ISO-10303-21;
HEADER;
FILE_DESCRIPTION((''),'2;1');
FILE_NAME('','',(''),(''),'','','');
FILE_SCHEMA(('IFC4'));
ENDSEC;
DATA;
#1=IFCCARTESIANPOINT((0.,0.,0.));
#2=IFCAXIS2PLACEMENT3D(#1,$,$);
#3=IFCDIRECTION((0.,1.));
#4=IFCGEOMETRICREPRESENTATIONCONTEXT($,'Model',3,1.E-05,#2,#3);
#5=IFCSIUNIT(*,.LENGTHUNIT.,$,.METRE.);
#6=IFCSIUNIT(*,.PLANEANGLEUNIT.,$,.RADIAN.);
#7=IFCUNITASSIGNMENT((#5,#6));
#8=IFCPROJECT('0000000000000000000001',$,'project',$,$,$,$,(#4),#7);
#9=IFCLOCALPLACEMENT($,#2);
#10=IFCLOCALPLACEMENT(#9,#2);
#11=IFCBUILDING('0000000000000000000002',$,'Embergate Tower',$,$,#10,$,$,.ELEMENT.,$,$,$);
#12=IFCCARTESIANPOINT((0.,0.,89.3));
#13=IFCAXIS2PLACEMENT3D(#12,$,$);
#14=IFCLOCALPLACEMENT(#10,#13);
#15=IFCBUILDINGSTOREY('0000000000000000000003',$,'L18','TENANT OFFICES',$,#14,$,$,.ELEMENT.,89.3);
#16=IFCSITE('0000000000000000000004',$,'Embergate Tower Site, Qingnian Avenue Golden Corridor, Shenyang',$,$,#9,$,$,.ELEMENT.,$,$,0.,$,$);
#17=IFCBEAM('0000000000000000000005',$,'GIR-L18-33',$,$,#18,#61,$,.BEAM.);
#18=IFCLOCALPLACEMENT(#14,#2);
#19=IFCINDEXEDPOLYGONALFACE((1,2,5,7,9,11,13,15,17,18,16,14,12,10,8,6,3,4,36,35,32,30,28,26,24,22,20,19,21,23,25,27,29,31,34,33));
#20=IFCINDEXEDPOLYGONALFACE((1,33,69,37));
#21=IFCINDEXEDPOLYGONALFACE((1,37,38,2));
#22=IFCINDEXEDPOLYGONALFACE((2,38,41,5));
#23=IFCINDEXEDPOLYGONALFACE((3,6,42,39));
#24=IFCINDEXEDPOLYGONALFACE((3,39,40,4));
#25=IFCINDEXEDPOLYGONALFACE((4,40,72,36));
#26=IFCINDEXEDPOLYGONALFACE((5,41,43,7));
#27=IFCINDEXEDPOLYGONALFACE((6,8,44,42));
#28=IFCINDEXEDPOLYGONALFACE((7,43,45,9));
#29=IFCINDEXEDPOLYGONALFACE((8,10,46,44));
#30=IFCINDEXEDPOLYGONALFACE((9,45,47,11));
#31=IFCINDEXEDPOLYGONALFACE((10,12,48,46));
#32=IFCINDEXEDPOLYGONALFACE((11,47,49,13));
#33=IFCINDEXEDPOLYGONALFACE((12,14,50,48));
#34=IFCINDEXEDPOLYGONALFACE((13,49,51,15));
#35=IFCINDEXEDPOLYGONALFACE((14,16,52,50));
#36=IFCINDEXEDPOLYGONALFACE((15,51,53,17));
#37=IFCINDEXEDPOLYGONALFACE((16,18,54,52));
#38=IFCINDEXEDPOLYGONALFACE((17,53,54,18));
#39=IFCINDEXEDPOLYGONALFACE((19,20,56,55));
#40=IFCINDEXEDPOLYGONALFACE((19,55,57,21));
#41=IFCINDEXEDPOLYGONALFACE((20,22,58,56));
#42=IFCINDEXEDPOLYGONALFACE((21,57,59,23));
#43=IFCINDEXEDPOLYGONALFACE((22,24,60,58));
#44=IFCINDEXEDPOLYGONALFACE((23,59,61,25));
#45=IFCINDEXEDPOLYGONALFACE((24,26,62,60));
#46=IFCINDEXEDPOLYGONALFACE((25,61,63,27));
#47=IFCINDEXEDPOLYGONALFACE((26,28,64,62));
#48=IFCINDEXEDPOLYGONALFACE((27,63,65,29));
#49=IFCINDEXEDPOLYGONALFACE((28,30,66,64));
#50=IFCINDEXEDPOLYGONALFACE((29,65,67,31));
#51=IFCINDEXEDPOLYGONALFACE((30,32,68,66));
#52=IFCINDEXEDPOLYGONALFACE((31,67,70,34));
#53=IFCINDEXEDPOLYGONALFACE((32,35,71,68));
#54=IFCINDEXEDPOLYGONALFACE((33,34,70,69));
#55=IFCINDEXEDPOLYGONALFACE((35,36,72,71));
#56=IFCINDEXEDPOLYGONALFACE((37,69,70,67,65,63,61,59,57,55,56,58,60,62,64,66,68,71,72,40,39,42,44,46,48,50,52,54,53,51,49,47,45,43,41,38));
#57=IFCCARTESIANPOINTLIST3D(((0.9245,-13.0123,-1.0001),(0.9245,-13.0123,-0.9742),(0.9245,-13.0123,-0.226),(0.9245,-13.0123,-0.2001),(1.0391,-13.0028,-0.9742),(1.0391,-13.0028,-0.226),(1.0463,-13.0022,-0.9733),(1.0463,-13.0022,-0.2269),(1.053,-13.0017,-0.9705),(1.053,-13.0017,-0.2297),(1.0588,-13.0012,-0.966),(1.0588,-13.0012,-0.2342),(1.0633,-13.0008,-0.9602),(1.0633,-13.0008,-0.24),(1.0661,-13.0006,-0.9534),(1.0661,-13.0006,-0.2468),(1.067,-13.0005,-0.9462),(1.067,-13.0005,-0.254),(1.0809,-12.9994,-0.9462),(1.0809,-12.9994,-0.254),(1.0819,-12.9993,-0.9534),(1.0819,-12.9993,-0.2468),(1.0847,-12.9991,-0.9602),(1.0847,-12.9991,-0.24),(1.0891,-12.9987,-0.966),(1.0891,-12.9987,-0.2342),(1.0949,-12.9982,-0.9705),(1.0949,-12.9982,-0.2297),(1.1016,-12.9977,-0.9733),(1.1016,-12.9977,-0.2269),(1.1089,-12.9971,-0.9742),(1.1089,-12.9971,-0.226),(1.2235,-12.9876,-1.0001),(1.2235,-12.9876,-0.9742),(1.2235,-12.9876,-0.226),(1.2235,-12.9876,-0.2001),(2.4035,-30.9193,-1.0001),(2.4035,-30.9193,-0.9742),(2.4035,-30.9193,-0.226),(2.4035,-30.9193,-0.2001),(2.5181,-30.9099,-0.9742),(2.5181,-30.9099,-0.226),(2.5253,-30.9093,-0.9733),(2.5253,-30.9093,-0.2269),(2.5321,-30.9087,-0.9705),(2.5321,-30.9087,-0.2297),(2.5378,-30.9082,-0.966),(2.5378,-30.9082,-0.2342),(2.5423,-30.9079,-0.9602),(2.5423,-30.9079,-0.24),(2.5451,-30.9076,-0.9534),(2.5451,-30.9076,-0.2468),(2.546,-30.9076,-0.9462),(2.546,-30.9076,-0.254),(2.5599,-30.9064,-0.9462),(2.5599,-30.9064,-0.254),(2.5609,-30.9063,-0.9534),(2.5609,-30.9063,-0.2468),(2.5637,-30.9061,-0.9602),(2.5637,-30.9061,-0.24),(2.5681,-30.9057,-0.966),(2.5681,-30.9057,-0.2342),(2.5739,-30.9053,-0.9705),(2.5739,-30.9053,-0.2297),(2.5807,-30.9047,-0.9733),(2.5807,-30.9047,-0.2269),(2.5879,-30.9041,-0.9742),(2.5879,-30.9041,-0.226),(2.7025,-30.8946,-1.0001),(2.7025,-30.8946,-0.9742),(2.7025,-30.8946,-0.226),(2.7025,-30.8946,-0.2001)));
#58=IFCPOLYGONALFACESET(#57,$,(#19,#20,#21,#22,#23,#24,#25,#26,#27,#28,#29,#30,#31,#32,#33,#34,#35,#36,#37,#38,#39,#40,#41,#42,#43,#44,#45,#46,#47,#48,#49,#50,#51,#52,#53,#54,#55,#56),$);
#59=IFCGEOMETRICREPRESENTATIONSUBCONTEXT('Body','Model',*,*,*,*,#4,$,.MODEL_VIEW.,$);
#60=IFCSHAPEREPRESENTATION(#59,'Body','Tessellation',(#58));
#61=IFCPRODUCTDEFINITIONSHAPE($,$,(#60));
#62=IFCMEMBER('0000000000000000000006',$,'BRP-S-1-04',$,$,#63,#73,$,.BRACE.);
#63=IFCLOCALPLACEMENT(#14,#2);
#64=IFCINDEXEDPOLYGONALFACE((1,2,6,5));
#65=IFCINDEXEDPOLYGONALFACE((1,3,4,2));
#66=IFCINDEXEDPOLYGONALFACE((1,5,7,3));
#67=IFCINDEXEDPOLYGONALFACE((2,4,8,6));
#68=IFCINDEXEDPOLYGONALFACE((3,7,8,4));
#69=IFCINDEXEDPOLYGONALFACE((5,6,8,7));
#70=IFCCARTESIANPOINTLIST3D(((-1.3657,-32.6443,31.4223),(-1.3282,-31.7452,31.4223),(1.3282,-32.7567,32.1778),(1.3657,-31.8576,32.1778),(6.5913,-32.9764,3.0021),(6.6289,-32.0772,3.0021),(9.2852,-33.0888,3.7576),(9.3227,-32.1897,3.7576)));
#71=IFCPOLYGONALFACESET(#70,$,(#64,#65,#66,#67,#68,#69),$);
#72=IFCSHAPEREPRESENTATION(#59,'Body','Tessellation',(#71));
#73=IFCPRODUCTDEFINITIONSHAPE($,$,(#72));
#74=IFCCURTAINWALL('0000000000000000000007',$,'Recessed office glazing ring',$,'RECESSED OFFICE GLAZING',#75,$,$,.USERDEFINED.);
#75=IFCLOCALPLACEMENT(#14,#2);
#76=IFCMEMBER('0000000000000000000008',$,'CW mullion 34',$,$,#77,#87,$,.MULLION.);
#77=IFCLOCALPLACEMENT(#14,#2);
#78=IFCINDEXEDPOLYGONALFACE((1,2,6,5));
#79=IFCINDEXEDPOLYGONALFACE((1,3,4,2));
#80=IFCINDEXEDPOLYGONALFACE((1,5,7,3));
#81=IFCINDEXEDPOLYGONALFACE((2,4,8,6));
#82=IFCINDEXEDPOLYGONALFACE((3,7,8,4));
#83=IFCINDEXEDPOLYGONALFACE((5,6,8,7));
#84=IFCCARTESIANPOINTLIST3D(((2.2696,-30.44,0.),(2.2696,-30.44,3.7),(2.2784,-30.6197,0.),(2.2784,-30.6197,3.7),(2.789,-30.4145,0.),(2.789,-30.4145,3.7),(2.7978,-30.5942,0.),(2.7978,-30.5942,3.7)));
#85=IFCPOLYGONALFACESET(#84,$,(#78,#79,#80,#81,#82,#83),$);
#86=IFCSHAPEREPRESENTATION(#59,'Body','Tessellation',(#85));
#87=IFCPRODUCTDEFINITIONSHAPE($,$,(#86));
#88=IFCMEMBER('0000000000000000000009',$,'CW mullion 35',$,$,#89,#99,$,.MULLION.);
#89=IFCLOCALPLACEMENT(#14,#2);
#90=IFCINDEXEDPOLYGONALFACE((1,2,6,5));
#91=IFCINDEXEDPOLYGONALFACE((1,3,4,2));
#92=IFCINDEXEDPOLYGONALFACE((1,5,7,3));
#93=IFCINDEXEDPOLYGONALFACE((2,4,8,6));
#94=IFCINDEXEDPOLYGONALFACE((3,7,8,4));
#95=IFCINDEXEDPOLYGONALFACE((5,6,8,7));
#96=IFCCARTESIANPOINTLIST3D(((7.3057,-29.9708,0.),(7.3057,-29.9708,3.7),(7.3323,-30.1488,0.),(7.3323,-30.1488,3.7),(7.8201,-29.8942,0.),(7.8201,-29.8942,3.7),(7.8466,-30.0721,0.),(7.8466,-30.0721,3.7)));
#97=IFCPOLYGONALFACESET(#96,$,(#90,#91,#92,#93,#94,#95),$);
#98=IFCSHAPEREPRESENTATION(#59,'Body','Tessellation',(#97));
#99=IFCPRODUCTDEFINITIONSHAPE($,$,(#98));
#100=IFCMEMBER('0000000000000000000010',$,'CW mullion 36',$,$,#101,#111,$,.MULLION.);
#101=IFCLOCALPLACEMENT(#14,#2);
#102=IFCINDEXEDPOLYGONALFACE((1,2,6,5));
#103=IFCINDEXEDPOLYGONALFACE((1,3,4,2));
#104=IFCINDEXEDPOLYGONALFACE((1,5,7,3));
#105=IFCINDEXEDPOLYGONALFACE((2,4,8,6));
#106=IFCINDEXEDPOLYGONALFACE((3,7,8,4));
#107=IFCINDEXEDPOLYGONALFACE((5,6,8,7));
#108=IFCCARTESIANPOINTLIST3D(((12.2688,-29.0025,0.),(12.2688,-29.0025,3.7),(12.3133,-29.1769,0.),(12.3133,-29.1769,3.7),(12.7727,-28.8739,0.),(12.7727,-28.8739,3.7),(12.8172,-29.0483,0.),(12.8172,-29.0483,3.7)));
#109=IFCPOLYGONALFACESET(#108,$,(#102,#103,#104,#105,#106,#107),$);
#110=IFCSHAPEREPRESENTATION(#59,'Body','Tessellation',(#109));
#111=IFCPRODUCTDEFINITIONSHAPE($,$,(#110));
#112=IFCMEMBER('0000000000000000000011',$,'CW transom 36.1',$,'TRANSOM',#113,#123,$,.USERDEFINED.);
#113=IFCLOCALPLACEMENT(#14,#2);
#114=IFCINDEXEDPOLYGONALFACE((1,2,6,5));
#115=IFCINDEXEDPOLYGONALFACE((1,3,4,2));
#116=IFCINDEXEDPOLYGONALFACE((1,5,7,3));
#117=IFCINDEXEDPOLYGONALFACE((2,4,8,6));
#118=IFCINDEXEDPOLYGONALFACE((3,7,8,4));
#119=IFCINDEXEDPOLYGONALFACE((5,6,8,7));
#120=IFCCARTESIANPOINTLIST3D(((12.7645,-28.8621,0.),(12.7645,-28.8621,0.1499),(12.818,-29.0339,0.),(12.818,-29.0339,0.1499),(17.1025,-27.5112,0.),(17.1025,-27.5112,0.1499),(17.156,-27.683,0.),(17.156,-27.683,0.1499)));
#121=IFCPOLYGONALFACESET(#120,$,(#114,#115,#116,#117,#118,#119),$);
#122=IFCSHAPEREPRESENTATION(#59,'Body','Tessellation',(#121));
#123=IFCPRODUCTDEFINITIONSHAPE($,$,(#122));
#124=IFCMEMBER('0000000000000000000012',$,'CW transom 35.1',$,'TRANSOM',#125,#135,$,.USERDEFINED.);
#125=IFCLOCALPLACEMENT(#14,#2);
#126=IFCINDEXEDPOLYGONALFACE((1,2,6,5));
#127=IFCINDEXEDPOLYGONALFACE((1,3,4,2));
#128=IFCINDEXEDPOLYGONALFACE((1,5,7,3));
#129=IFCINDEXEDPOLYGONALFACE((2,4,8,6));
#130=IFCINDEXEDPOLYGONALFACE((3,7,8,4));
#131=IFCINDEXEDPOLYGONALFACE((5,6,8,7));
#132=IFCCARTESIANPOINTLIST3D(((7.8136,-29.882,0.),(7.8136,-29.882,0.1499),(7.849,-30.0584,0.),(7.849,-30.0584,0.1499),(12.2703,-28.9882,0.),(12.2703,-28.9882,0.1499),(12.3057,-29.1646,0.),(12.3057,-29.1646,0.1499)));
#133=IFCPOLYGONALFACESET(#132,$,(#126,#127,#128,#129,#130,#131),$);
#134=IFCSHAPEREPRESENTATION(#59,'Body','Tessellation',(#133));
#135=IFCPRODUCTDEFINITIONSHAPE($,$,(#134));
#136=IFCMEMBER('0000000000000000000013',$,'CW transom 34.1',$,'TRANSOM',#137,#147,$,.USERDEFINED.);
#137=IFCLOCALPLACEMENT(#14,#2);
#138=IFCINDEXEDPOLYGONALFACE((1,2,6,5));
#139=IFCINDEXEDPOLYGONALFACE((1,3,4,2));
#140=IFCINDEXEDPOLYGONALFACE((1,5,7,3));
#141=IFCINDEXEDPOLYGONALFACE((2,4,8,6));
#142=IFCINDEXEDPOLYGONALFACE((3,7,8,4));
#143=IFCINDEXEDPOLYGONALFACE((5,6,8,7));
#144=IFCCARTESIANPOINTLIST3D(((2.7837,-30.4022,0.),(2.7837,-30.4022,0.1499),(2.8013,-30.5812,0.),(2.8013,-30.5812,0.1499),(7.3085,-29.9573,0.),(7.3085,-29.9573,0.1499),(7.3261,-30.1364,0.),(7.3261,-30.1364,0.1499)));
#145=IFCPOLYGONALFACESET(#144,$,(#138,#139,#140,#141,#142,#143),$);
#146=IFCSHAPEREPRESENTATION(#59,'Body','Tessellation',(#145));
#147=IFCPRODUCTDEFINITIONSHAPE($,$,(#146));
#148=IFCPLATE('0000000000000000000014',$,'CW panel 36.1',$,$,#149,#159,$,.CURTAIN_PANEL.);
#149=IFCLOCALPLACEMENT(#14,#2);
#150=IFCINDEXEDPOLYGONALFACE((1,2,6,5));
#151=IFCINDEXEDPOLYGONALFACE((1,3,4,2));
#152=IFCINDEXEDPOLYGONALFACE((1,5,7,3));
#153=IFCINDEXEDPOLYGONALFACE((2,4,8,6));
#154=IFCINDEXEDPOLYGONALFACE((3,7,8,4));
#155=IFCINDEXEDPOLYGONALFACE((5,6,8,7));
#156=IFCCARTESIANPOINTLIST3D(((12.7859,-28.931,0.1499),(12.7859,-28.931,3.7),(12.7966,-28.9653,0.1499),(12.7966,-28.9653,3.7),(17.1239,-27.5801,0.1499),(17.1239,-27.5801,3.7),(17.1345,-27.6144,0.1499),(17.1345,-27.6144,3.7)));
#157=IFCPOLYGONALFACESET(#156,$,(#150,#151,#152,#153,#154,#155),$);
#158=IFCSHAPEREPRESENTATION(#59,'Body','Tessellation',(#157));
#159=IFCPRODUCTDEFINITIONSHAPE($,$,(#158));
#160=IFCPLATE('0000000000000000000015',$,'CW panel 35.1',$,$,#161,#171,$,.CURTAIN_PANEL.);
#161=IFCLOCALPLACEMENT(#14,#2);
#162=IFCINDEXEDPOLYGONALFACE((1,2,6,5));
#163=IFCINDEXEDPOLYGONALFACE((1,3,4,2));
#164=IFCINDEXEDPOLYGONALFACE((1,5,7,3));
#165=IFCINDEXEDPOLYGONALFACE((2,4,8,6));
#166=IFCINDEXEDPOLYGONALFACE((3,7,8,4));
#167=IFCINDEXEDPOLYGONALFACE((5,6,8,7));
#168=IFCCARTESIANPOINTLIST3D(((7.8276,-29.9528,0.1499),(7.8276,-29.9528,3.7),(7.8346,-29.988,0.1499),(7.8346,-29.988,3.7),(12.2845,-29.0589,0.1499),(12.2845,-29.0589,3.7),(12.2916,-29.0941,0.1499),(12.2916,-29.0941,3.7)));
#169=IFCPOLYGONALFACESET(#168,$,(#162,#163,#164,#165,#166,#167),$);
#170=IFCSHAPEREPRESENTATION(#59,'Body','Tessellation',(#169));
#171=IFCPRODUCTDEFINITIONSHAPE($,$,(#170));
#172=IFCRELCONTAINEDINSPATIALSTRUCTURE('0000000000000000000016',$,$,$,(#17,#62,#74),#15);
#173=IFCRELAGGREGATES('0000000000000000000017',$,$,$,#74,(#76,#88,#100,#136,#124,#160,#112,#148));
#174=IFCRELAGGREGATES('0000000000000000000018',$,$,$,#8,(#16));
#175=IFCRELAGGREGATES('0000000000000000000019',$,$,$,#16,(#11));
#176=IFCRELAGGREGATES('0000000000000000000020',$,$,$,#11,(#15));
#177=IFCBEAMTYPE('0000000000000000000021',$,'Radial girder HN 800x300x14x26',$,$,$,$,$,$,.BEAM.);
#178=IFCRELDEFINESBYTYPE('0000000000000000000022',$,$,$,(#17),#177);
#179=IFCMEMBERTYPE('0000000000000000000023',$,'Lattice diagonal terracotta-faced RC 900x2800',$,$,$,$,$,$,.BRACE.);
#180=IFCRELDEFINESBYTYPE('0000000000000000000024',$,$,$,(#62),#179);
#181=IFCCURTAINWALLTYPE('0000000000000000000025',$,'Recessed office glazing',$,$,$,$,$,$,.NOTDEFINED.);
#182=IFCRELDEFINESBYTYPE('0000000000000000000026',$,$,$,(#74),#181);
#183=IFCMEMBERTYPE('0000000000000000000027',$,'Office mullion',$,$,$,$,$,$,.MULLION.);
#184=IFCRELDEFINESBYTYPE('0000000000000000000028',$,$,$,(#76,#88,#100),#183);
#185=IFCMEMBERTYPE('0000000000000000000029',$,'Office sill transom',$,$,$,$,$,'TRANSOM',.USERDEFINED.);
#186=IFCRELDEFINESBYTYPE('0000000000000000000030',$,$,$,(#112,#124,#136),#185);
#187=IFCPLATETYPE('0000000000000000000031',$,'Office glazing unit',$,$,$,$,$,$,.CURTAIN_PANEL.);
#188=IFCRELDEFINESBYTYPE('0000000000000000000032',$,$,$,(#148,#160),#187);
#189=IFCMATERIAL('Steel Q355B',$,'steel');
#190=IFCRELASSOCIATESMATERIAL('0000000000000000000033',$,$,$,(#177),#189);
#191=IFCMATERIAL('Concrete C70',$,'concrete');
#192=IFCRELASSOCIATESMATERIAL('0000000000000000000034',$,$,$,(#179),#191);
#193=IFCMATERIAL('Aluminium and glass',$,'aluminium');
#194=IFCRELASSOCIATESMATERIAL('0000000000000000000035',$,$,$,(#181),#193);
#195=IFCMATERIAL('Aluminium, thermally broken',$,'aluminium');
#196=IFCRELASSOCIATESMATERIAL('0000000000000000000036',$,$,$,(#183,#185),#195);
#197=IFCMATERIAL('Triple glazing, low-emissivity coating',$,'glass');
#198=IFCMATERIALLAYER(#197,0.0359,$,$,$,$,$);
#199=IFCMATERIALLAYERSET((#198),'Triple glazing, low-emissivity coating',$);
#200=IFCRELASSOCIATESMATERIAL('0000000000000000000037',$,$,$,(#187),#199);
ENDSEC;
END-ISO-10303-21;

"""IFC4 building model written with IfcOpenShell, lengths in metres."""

from ifc_helpers import new_model, si_unit, direction, frame, origin, origin_2d, place, context, subcontext, project, spatial, rectangle, i_section, extrude, source, transform, mapped, material, layer, layer_set, material_profile, profile_set, type_object, element, aggregate, save


model = new_model("IFC4")

# Units and contexts
model_context = context("Model", 3, precision=1e-05, world=origin(), true_north=direction((0.0, 1.0)))
body_context = subcontext(model_context, "Body", "Model", "MODEL_VIEW")
ifc_project = project(units=[si_unit("LENGTHUNIT", "METRE"), si_unit("PLANEANGLEUNIT", "RADIAN")], contexts=[model_context])

# Site, building, storey
site_placement = place(None, origin())
site = spatial("IfcSite", under=ifc_project, at=site_placement, Name="Embergate Tower Site, Qingnian Avenue Golden Corridor, Shenyang", CompositionType="ELEMENT", RefElevation=0.0)
building_placement = place(site_placement, origin())
building = spatial("IfcBuilding", under=site, at=building_placement, Name="Embergate Tower", CompositionType="ELEMENT")
storey_placement = place(building_placement, frame((0.0, 0.0, 89.3)))
storey = spatial("IfcBuildingStorey", under=building, at=storey_placement, Name="L18", Description="TENANT OFFICES", CompositionType="ELEMENT", Elevation=89.3)

# Shared definitions
ifc_material_1 = material(Name="Concrete C70", Category="concrete")

# Beam
ifc_material_2 = material(Name="Steel Q355B", Category="steel")
ifc_material_profile_1 = material_profile(ifc_material_2, i_section(OverallWidth=0.3, OverallDepth=0.8, WebThickness=0.0139, FlangeThickness=0.0259, FilletRadius=0.0281, at=origin_2d()), Name="HN 800x300x14x26")
ifc_profile_set_1 = profile_set([ifc_material_profile_1], Name="Steel Q355 grade B")
beam_type_1 = type_object("IfcBeamType", Name="Radial girder HN 800x300x14x26", PredefinedType="BEAM", material=ifc_profile_set_1)
shared_shape_1 = source(origin(), body_context, "Body", "SweptSolid", [
    extrude(i_section(OverallWidth=0.3, OverallDepth=0.8, WebThickness=0.0139, FlangeThickness=0.0259, FilletRadius=0.0281, at=origin_2d()), origin(), (0.0, 0.0, 1.0), 17.968),
])
beam_1_placement = place(storey_placement, frame((2.553, -30.907, -0.6001), z_axis=(-0.082313, 0.996606, 0.0), x_axis=(-0.996606, -0.082313, 0.0)))
element("IfcBeam", 1, at=beam_1_placement, inside=storey, type_object=beam_type_1, Name="GIR-L18-33", PredefinedType="BEAM", context=body_context, shape_type="MappedRepresentation", body=[
    mapped(shared_shape_1, transform((0.0, 0.0, 0.0))),
])

# Member
ifc_material_profile_2 = material_profile(ifc_material_1, rectangle(XDim=0.8999, YDim=2.8, at=origin_2d()), Name="RC 900x2800")
ifc_profile_set_2 = profile_set([ifc_material_profile_2], Name="Concrete C70")
member_type_1 = type_object("IfcMemberType", Name="Lattice diagonal terracotta-faced RC 900x2800", PredefinedType="BRACE", material=ifc_profile_set_2)
shared_shape_2 = source(origin(), body_context, "Body", "SweptSolid", [
    extrude(rectangle(XDim=0.8999, YDim=2.8, at=origin_2d()), origin(), (0.0, 0.0, 1.0), 29.5149),
])
member_1_placement = place(storey_placement, frame((7.957, -32.583, 3.3799), z_axis=(-0.269594, 0.01125, 0.962908), x_axis=(-0.041692, -0.999131, 0.0)))
element("IfcMember", 2, at=member_1_placement, inside=storey, type_object=member_type_1, Name="BRP-S-1-04", PredefinedType="BRACE", context=body_context, shape_type="MappedRepresentation", body=[
    mapped(shared_shape_2, transform((0.0, 0.0, 0.0))),
])

# Curtain wall, members, plates
ifc_material_3 = material(Name="Aluminium and glass", Category="aluminium")
curtain_wall_type = type_object("IfcCurtainWallType", Name="Recessed office glazing", PredefinedType="NOTDEFINED", material=ifc_material_3)
curtain_wall_placement = place(storey_placement, origin())
curtain_wall = element("IfcCurtainWall", 3, at=curtain_wall_placement, inside=storey, type_object=curtain_wall_type, Name="Recessed office glazing ring", ObjectType="RECESSED OFFICE GLAZING", PredefinedType="USERDEFINED")
ifc_material_4 = material(Name="Aluminium, thermally broken", Category="aluminium")
ifc_material_profile_3 = material_profile(ifc_material_4, rectangle(XDim=0.1799, YDim=0.52, at=origin_2d()), Name="AL 520x180")
ifc_profile_set_3 = profile_set([ifc_material_profile_3], Name="Aluminium, thermally broken")
member_type_2 = type_object("IfcMemberType", Name="Office mullion", PredefinedType="MULLION", material=ifc_profile_set_3)
shared_shape_3 = source(origin(), body_context, "Body", "SweptSolid", [
    extrude(rectangle(XDim=0.1799, YDim=0.52, at=origin_2d()), origin(), (0.0, 0.0, 1.0), 3.7),
])
member_2_placement = place(storey_placement, frame((2.5337, -30.5171, 0.0), z_axis=(0.0, 0.0, 1.0), x_axis=(-0.048972, 0.9988, 0.0)))
member_2 = element("IfcMember", 4, at=member_2_placement, type_object=member_type_2, Name="CW mullion 34", PredefinedType="MULLION", context=body_context, shape_type="MappedRepresentation", body=[
    mapped(shared_shape_3, transform((0.0, 0.0, 0.0))),
])
member_3_placement = place(storey_placement, frame((7.5762, -30.0215, 0.0), z_axis=(0.0, 0.0, 1.0), x_axis=(-0.147412, 0.989075, 0.0)))
member_3 = element("IfcMember", 5, at=member_3_placement, type_object=member_type_2, Name="CW mullion 35", PredefinedType="MULLION", context=body_context, shape_type="MappedRepresentation", body=[
    mapped(shared_shape_3, transform((0.0, 0.0, 0.0))),
])
member_4_placement = place(storey_placement, frame((12.543, -29.0254, 0.0), z_axis=(0.0, 0.0, 1.0), x_axis=(-0.247312, 0.968936, 0.0)))
member_4 = element("IfcMember", 6, at=member_4_placement, type_object=member_type_2, Name="CW mullion 36", PredefinedType="MULLION", context=body_context, shape_type="MappedRepresentation", body=[
    mapped(shared_shape_3, transform((0.0, 0.0, 0.0))),
])
ifc_material_profile_4 = material_profile(ifc_material_4, rectangle(XDim=0.1799, YDim=0.1499, at=origin_2d()), Name="AL 150x180")
ifc_profile_set_4 = profile_set([ifc_material_profile_4], Name="Aluminium, thermally broken")
member_type_3 = type_object("IfcMemberType", Name="Office sill transom", ElementType="TRANSOM", PredefinedType="USERDEFINED", material=ifc_profile_set_4)
shared_shape_4 = source(origin(), body_context, "Body", "SweptSolid", [
    extrude(rectangle(XDim=0.1799, YDim=0.1499, at=origin_2d()), origin(), (0.0, 0.0, 1.0), 4.5435),
])
member_5_placement = place(storey_placement, frame((12.7913, -28.948, 0.075), z_axis=(0.954778, 0.29732, 0.0), x_axis=(-0.29732, 0.954778, 0.0)))
member_5 = element("IfcMember", 7, at=member_5_placement, type_object=member_type_3, Name="CW transom 36.1", ObjectType="TRANSOM", PredefinedType="USERDEFINED", context=body_context, shape_type="MappedRepresentation", body=[
    mapped(shared_shape_4, transform((0.0, 0.0, 0.0))),
])
shared_shape_5 = source(origin(), body_context, "Body", "SweptSolid", [
    extrude(rectangle(XDim=0.1799, YDim=0.1499, at=origin_2d()), origin(), (0.0, 0.0, 1.0), 4.5454),
])
member_6_placement = place(storey_placement, frame((7.8313, -29.9702, 0.075), z_axis=(0.980477, 0.196633, 0.0), x_axis=(-0.196633, 0.980477, 0.0)))
member_6 = element("IfcMember", 8, at=member_6_placement, type_object=member_type_3, Name="CW transom 35.1", ObjectType="TRANSOM", PredefinedType="USERDEFINED", context=body_context, shape_type="MappedRepresentation", body=[
    mapped(shared_shape_5, transform((0.0, 0.0, 0.0))),
])
shared_shape_6 = source(origin(), body_context, "Body", "SweptSolid", [
    extrude(rectangle(XDim=0.1799, YDim=0.1499, at=origin_2d()), origin(), (0.0, 0.0, 1.0), 4.5466),
])
member_7_placement = place(storey_placement, frame((2.7925, -30.4917, 0.075), z_axis=(0.995203, 0.097834, 0.0), x_axis=(-0.097834, 0.995203, 0.0)))
member_7 = element("IfcMember", 9, at=member_7_placement, type_object=member_type_3, Name="CW transom 34.1", ObjectType="TRANSOM", PredefinedType="USERDEFINED", context=body_context, shape_type="MappedRepresentation", body=[
    mapped(shared_shape_6, transform((0.0, 0.0, 0.0))),
])
ifc_material_5 = material(Name="Triple glazing, low-emissivity coating", Category="glass")
ifc_layer_1 = layer(ifc_material_5, 0.0359)
ifc_layer_set_1 = layer_set([ifc_layer_1], Name="Triple glazing, low-emissivity coating")
plate_type = type_object("IfcPlateType", Name="Office glazing unit", PredefinedType="CURTAIN_PANEL", material=ifc_layer_set_1)
shared_shape_7 = source(origin(), body_context, "Body", "SweptSolid", [
    extrude(rectangle(XDim=4.5435, YDim=0.0359, at=origin_2d()), origin(), (0.0, 0.0, 1.0), 3.55),
])
plate_1_placement = place(storey_placement, frame((14.9602, -28.2727, 0.1499), z_axis=(0.0, 0.0, 1.0), x_axis=(0.954772, 0.297338, 0.0)))
plate_1 = element("IfcPlate", 10, at=plate_1_placement, type_object=plate_type, Name="CW panel 36.1", PredefinedType="CURTAIN_PANEL", context=body_context, shape_type="MappedRepresentation", body=[
    mapped(shared_shape_7, transform((0.0, 0.0, 0.0))),
])
shared_shape_8 = source(origin(), body_context, "Body", "SweptSolid", [
    extrude(rectangle(XDim=4.5457, YDim=0.0359, at=origin_2d()), origin(), (0.0, 0.0, 1.0), 3.55),
])
plate_2_placement = place(storey_placement, frame((10.0596, -29.5234, 0.1499), z_axis=(0.0, 0.0, 1.0), x_axis=(0.980476, 0.196639, 0.0)))
plate_2 = element("IfcPlate", 11, at=plate_2_placement, type_object=plate_type, Name="CW panel 35.1", PredefinedType="CURTAIN_PANEL", context=body_context, shape_type="MappedRepresentation", body=[
    mapped(shared_shape_8, transform((0.0, 0.0, 0.0))),
])
aggregate(curtain_wall, [member_2, member_3, member_4, member_7, member_6, plate_2, member_5, plate_1])

save(model, "model.ifc")
